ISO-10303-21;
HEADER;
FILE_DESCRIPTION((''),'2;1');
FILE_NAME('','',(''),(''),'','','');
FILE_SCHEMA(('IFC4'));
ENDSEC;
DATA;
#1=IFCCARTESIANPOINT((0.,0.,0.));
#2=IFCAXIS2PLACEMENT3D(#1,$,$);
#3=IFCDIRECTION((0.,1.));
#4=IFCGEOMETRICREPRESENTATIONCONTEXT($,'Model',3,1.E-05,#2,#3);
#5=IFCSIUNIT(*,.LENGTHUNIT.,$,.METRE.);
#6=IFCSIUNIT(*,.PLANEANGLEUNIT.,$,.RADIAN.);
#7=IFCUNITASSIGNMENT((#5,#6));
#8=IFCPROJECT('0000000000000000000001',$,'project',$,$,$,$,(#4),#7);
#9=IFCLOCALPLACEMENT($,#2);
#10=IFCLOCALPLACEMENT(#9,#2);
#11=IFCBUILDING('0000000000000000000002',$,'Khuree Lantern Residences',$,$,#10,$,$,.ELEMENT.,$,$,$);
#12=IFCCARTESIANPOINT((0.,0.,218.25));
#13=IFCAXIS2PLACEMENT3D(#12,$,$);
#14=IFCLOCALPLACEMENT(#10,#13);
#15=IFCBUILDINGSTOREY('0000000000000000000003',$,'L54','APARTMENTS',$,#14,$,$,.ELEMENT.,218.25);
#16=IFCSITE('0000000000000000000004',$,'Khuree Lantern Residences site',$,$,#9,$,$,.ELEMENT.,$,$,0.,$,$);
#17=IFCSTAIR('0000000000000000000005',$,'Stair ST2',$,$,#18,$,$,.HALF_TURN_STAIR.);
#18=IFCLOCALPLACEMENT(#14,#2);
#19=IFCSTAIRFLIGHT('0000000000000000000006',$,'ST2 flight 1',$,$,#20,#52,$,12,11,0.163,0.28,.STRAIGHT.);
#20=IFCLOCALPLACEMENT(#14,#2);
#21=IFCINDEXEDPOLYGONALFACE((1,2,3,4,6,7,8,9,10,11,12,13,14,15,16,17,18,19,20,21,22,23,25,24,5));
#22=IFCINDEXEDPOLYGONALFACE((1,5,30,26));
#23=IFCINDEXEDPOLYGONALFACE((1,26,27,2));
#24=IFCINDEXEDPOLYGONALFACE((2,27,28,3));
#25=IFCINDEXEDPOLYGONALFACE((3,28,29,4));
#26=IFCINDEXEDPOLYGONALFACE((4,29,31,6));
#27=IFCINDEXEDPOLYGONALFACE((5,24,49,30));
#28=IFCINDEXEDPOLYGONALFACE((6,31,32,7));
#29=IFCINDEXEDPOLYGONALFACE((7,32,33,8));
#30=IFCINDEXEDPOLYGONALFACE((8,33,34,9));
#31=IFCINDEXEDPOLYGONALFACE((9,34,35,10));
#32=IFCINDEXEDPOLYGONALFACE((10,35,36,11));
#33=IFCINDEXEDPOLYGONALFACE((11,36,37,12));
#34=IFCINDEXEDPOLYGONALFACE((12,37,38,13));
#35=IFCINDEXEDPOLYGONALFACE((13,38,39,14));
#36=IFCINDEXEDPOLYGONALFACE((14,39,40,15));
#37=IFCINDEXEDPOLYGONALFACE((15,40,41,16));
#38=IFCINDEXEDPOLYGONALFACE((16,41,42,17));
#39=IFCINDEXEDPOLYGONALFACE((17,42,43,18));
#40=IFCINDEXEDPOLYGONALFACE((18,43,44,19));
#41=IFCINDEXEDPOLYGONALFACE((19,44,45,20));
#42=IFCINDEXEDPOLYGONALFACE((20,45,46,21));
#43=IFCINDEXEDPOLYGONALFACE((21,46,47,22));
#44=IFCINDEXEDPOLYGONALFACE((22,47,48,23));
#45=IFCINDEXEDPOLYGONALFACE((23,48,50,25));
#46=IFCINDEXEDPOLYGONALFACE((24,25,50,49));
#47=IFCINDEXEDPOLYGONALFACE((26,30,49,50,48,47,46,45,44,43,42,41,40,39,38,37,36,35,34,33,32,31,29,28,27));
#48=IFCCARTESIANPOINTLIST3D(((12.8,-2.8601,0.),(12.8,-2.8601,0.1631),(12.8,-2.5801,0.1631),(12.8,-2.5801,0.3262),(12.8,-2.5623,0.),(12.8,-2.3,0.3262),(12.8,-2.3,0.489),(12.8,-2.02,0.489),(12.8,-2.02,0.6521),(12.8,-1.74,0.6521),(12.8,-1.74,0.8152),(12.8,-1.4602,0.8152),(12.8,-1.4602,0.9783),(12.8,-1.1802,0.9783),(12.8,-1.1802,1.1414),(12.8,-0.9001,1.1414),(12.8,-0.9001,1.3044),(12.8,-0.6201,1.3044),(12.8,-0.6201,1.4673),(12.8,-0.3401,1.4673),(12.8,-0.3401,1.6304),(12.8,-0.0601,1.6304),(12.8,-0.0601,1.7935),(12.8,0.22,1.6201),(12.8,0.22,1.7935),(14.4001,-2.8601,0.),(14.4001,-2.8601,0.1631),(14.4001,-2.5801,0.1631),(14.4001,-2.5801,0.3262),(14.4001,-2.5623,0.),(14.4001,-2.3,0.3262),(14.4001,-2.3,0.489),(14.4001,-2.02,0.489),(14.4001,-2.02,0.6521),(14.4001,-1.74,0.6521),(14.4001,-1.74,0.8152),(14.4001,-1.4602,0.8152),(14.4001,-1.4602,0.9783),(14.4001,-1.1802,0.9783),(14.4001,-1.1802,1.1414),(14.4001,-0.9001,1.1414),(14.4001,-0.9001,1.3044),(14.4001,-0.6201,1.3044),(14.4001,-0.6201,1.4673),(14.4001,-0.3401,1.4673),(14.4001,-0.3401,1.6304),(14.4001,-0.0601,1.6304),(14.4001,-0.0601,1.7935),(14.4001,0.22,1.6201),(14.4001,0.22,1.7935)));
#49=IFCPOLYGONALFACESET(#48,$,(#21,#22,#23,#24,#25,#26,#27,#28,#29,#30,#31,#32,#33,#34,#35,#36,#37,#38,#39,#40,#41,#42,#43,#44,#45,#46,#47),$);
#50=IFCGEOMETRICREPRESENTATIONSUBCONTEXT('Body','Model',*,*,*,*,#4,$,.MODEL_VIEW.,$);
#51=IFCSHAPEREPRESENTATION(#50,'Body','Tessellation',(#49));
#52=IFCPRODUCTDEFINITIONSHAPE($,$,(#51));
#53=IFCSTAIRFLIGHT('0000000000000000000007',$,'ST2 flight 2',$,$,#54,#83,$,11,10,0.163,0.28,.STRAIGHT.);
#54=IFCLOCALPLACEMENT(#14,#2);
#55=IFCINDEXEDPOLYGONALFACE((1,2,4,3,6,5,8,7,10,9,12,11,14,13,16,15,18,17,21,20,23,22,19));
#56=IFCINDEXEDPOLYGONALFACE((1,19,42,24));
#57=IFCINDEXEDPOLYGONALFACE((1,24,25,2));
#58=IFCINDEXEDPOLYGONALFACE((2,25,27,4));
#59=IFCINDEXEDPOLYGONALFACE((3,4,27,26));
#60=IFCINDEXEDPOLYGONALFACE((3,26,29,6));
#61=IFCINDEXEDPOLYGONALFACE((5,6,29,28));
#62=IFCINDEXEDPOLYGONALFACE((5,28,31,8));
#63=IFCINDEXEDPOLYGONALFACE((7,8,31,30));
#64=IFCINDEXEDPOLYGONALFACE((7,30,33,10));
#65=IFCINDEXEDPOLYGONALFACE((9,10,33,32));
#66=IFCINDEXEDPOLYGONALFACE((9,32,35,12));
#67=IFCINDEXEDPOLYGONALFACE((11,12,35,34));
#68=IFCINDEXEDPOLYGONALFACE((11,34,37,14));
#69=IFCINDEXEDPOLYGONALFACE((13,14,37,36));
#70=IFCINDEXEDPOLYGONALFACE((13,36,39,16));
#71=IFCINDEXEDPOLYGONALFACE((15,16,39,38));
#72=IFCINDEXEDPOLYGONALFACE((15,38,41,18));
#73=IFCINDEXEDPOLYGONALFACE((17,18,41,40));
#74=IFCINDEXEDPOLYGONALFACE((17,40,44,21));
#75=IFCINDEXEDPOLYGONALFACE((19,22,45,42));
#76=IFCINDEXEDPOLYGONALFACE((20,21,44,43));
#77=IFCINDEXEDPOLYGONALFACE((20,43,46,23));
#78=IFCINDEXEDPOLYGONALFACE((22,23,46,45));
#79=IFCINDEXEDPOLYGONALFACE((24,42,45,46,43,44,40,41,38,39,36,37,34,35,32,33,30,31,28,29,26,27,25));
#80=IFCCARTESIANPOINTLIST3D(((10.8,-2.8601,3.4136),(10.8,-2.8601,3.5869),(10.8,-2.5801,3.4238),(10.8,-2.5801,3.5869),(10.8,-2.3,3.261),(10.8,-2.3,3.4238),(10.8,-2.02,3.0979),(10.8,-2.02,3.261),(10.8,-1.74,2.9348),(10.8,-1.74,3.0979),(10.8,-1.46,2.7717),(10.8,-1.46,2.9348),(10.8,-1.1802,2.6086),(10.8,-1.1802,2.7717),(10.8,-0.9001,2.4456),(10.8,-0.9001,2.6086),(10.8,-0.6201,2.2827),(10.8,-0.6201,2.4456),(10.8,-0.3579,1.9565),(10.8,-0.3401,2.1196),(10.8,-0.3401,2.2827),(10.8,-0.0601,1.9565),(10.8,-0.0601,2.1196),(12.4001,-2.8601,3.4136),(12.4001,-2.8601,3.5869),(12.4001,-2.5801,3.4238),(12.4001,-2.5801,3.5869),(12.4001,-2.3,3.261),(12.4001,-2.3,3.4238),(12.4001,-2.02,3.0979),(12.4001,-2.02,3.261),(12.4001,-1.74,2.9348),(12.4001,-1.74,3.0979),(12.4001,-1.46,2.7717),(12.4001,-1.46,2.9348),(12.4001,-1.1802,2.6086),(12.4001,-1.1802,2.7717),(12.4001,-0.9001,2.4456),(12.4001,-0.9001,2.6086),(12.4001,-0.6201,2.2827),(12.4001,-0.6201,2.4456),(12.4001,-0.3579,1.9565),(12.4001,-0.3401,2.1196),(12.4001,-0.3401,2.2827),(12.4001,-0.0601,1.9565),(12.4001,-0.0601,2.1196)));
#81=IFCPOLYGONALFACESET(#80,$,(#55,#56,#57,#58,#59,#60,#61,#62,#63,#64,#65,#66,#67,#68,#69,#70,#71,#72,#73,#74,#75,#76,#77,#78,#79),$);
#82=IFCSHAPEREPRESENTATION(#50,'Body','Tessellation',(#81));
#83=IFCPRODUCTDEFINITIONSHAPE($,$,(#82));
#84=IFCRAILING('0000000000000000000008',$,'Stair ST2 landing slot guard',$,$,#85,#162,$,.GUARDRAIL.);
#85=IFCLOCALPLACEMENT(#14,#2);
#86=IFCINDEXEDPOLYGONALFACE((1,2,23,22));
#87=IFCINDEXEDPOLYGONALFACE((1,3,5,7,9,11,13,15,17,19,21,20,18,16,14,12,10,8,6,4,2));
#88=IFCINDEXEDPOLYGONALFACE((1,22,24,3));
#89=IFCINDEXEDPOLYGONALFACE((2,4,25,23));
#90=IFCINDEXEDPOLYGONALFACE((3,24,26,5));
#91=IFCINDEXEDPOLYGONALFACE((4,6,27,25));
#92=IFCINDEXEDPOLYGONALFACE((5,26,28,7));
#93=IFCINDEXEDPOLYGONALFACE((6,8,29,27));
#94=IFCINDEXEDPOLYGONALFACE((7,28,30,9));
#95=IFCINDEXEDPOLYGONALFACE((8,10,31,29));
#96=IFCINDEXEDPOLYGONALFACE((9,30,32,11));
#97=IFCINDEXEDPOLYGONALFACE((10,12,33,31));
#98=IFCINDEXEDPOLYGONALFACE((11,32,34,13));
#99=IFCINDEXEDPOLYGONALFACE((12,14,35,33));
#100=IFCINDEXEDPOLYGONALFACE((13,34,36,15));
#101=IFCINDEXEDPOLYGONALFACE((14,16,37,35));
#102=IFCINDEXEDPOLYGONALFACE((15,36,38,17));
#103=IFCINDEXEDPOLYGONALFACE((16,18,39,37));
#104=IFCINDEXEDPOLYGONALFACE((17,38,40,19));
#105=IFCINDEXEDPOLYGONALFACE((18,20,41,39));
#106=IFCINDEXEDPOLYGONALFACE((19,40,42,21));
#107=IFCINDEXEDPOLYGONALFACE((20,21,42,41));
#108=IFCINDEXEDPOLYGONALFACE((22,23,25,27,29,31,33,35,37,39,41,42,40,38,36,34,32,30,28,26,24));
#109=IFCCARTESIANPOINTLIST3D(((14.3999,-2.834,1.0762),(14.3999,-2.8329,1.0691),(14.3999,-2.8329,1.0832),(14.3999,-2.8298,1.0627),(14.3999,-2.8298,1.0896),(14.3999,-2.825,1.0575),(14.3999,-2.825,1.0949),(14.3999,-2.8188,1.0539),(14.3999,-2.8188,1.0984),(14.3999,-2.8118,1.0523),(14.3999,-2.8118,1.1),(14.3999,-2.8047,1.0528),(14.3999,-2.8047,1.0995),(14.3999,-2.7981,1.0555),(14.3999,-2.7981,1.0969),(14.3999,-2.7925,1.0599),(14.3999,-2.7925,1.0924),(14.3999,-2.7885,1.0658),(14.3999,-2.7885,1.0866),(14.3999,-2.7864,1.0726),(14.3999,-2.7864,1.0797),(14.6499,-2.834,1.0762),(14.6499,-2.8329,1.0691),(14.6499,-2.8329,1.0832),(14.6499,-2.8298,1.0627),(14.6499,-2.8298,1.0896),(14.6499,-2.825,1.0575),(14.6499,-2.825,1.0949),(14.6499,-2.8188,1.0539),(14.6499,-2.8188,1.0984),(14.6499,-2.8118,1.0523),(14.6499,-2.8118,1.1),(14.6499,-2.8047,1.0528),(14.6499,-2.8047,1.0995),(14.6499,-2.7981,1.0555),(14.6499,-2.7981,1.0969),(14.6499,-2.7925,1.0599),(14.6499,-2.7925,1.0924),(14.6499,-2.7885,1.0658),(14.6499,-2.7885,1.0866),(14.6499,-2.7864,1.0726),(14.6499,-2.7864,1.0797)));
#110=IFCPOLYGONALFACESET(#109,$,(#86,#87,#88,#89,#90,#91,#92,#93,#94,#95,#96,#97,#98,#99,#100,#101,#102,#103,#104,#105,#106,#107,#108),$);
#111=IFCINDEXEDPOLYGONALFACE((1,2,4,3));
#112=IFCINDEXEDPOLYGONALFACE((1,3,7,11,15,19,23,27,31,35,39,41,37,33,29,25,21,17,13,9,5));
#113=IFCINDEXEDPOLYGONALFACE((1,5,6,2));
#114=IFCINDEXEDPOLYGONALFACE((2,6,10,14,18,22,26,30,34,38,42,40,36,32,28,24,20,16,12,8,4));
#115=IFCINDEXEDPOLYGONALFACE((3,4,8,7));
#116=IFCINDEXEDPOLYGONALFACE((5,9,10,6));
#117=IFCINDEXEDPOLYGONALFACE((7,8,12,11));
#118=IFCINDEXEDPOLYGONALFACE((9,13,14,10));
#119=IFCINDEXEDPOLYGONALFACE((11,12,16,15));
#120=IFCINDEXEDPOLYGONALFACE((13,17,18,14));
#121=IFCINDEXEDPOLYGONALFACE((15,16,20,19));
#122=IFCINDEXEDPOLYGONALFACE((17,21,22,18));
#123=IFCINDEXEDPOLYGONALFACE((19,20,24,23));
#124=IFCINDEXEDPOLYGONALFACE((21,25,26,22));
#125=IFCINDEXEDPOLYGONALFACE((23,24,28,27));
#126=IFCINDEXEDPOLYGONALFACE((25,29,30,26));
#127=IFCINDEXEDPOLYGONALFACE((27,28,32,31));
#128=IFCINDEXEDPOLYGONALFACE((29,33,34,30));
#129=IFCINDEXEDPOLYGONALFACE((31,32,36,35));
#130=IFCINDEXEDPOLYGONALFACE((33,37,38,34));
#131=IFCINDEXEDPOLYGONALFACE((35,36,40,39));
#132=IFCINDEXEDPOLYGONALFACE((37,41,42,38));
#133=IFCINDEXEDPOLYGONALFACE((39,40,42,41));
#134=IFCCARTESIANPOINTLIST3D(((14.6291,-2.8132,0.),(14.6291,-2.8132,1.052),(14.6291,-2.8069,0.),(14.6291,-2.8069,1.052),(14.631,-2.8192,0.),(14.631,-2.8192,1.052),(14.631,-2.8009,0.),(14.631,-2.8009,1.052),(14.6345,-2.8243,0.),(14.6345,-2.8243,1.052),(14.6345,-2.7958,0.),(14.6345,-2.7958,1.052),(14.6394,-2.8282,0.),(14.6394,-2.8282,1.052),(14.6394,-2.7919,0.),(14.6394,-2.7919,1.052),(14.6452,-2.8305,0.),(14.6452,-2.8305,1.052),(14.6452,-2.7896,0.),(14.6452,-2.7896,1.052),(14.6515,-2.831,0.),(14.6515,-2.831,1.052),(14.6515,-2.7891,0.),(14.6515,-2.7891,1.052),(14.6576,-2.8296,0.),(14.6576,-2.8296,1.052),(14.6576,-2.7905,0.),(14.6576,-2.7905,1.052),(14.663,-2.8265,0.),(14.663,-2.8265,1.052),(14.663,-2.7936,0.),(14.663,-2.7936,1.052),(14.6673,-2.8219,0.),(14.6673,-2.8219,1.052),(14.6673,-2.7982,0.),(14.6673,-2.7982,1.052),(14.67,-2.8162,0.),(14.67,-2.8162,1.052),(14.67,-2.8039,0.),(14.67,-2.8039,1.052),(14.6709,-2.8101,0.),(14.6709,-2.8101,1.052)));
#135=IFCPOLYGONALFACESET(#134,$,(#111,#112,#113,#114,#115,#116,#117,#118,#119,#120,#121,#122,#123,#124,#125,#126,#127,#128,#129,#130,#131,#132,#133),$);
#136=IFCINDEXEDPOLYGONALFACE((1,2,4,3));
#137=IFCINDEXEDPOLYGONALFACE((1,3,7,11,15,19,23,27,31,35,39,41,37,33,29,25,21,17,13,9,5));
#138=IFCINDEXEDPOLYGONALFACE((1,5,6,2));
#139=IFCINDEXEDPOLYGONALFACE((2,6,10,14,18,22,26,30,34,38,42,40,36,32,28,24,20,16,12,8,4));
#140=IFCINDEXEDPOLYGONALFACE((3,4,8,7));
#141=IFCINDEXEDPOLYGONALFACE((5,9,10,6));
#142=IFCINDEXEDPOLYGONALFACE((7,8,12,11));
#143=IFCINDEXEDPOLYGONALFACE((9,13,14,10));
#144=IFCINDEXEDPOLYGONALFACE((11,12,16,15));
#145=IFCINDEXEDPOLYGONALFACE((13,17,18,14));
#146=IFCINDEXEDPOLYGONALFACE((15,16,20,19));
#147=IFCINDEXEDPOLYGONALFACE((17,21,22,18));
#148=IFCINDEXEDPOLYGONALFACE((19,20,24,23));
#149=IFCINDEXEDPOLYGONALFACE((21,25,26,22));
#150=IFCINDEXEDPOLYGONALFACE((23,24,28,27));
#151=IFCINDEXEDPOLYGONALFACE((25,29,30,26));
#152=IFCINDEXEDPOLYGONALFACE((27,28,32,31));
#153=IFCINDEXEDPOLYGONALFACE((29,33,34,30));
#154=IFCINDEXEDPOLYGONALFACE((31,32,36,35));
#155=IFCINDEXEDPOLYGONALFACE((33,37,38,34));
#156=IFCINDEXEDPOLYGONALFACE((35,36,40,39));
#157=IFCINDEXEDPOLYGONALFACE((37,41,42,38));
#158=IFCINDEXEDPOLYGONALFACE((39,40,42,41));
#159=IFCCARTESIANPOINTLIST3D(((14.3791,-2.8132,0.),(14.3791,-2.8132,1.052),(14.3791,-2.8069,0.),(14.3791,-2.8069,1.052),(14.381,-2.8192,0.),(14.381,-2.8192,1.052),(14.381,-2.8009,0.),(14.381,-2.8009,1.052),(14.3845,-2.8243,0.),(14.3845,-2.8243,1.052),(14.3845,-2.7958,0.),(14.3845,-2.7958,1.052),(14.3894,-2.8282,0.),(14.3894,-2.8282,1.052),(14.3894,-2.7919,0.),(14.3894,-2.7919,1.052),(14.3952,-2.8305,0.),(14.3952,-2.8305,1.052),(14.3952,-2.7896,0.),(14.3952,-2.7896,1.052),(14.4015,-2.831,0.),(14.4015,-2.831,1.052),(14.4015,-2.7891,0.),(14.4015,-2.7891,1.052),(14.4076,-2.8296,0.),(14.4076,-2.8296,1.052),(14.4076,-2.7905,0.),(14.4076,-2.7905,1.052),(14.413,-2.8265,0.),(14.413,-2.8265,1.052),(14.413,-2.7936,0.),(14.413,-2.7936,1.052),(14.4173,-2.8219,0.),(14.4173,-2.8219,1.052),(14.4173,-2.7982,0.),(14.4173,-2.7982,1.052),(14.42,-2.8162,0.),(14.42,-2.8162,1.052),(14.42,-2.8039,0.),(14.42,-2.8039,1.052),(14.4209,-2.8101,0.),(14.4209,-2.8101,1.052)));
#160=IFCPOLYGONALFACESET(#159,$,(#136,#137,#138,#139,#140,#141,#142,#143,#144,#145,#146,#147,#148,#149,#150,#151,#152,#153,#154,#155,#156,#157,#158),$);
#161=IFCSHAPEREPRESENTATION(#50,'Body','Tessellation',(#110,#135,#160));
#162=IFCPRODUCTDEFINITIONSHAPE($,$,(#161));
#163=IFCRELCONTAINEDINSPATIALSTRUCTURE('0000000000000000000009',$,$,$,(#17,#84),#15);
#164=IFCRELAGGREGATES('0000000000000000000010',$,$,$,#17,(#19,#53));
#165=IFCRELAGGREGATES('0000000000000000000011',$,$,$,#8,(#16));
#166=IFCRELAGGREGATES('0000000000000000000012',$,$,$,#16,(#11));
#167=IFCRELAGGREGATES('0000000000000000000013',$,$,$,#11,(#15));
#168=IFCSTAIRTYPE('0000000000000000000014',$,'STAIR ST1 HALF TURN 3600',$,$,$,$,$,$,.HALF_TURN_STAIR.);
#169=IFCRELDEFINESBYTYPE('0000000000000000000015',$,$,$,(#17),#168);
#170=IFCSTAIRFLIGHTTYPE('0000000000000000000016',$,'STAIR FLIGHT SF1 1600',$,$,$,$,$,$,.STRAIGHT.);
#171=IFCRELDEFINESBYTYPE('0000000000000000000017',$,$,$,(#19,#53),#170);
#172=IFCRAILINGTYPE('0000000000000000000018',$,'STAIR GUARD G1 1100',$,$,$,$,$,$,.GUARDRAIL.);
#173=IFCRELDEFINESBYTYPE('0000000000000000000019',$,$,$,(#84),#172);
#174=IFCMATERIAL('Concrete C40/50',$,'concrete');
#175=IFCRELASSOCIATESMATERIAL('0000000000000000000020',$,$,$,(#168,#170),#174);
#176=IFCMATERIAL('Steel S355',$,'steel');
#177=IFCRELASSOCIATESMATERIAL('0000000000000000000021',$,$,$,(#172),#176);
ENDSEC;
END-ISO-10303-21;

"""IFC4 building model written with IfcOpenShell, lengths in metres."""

from ifc_helpers import new_model, si_unit, direction, frame, origin, origin_2d, place, context, subcontext, project, spatial, polyline, circle, outline, extrude, material, type_object, element, aggregate, save


model = new_model("IFC4")

# Units and contexts
model_context = context("Model", 3, precision=1e-05, world=origin(), true_north=direction((0.0, 1.0)))
body_context = subcontext(model_context, "Body", "Model", "MODEL_VIEW")
ifc_project = project(units=[si_unit("LENGTHUNIT", "METRE"), si_unit("PLANEANGLEUNIT", "RADIAN")], contexts=[model_context])

# Site, building, storey
site_placement = place(None, origin())
site = spatial("IfcSite", under=ifc_project, at=site_placement, Name="Khuree Lantern Residences site", CompositionType="ELEMENT", RefElevation=0.0)
building_placement = place(site_placement, origin())
building = spatial("IfcBuilding", under=site, at=building_placement, Name="Khuree Lantern Residences", CompositionType="ELEMENT")
storey_placement = place(building_placement, frame((0.0, 0.0, 218.25)))
storey = spatial("IfcBuildingStorey", under=building, at=storey_placement, Name="L54", Description="APARTMENTS", CompositionType="ELEMENT", Elevation=218.25)

# Stair, stair flights
ifc_material_1 = material(Name="Concrete C40/50", Category="concrete")
stair_type = type_object("IfcStairType", Name="STAIR ST1 HALF TURN 3600", PredefinedType="HALF_TURN_STAIR", material=ifc_material_1)
stair_placement = place(storey_placement, origin())
stair = element("IfcStair", 1, at=stair_placement, inside=storey, type_object=stair_type, Name="Stair ST2", PredefinedType="HALF_TURN_STAIR")
stair_flight_type = type_object("IfcStairFlightType", Name="STAIR FLIGHT SF1 1600", PredefinedType="STRAIGHT", material=ifc_material_1)
stair_flight_1_placement = place(storey_placement, frame((13.6001, -2.8601, 0.0), z_axis=(0.0, 0.0, 1.0), x_axis=(0.0, 1.0, 0.0)))
stair_flight_1 = element("IfcStairFlight", 2, at=stair_flight_1_placement, type_object=stair_flight_type, Name="ST2 flight 1", NumberOfRisers=12, NumberOfTreads=11, PredefinedType="STRAIGHT", RiserHeight=0.163, TreadLength=0.28, context=body_context, shape_type="SweptSolid", body=[
    extrude(outline(polyline([(0.0, 0.0), (0.0, 0.1631), (0.28, 0.1631), (0.28, 0.3262), (0.5601, 0.3262), (0.5601, 0.489), (0.8401, 0.489), (0.8401, 0.6521), (1.1201, 0.6521), (1.1201, 0.8152), (1.3999, 0.8152), (1.3999, 0.9783), (1.6799, 0.9783), (1.6799, 1.1414), (1.96, 1.1414), (1.96, 1.3044), (2.24, 1.3044), (2.24, 1.4673), (2.52, 1.4673), (2.52, 1.6304), (2.8, 1.6304), (2.8, 1.7935), (3.0801, 1.7935), (3.0801, 1.9565), (3.0801, 1.6201), (0.2979, 0.0), (0.0, 0.0)])), frame((0.0, 0.8, 0.0), z_axis=(0.0, -1.0, 0.0), x_axis=(1.0, 0.0, 0.0)), (0.0, 0.0, 1.0), 1.6001),
])
stair_flight_2_placement = place(storey_placement, frame((11.6001, -0.0601, 1.9565), z_axis=(0.0, 0.0, 1.0), x_axis=(0.0, -1.0, 0.0)))
stair_flight_2 = element("IfcStairFlight", 3, at=stair_flight_2_placement, type_object=stair_flight_type, Name="ST2 flight 2", NumberOfRisers=11, NumberOfTreads=10, PredefinedType="STRAIGHT", RiserHeight=0.163, TreadLength=0.28, context=body_context, shape_type="SweptSolid", body=[
    extrude(outline(polyline([(0.0, 0.0), (0.0, 0.1631), (0.28, 0.1631), (0.28, 0.3262), (0.5601, 0.3262), (0.5601, 0.489), (0.8401, 0.489), (0.8401, 0.6521), (1.1201, 0.6521), (1.1201, 0.8152), (1.3999, 0.8152), (1.3999, 0.9783), (1.6799, 0.9783), (1.6799, 1.1414), (1.96, 1.1414), (1.96, 1.3044), (2.24, 1.3044), (2.24, 1.4673), (2.52, 1.4673), (2.52, 1.6304), (2.8, 1.6304), (2.8, 1.7935), (2.8, 1.457), (0.2979, 0.0), (0.0, 0.0)])), frame((0.0, 0.8, 0.0), z_axis=(0.0, -1.0, 0.0), x_axis=(1.0, 0.0, 0.0)), (0.0, 0.0, 1.0), 1.6001),
])
aggregate(stair, [stair_flight_1, stair_flight_2])

# Railing
ifc_material_2 = material(Name="Steel S355", Category="steel")
railing_type_1 = type_object("IfcRailingType", Name="STAIR GUARD G1 1100", PredefinedType="GUARDRAIL", material=ifc_material_2)
railing_1_placement = place(storey_placement, frame((14.6499, -2.8101, 0.0)))
element("IfcRailing", 4, at=railing_1_placement, inside=storey, type_object=railing_type_1, Name="Stair ST2 landing slot guard", PredefinedType="GUARDRAIL", context=body_context, shape_type="SweptSolid", body=[
    extrude(circle(Radius=0.0239, at=origin_2d()), frame((0.0, 0.0, 1.0762), z_axis=(-1.0, 0.0, 0.0), x_axis=(0.0, -1.0, 0.0)), (0.0, 0.0, 1.0), 0.25),
    extrude(circle(Radius=0.021, at=origin_2d()), origin(), (0.0, 0.0, 1.0), 1.052),
    extrude(circle(Radius=0.021, at=origin_2d()), frame((-0.25, 0.0, 0.0)), (0.0, 0.0, 1.0), 1.052),
])

save(model, "model.ifc")
